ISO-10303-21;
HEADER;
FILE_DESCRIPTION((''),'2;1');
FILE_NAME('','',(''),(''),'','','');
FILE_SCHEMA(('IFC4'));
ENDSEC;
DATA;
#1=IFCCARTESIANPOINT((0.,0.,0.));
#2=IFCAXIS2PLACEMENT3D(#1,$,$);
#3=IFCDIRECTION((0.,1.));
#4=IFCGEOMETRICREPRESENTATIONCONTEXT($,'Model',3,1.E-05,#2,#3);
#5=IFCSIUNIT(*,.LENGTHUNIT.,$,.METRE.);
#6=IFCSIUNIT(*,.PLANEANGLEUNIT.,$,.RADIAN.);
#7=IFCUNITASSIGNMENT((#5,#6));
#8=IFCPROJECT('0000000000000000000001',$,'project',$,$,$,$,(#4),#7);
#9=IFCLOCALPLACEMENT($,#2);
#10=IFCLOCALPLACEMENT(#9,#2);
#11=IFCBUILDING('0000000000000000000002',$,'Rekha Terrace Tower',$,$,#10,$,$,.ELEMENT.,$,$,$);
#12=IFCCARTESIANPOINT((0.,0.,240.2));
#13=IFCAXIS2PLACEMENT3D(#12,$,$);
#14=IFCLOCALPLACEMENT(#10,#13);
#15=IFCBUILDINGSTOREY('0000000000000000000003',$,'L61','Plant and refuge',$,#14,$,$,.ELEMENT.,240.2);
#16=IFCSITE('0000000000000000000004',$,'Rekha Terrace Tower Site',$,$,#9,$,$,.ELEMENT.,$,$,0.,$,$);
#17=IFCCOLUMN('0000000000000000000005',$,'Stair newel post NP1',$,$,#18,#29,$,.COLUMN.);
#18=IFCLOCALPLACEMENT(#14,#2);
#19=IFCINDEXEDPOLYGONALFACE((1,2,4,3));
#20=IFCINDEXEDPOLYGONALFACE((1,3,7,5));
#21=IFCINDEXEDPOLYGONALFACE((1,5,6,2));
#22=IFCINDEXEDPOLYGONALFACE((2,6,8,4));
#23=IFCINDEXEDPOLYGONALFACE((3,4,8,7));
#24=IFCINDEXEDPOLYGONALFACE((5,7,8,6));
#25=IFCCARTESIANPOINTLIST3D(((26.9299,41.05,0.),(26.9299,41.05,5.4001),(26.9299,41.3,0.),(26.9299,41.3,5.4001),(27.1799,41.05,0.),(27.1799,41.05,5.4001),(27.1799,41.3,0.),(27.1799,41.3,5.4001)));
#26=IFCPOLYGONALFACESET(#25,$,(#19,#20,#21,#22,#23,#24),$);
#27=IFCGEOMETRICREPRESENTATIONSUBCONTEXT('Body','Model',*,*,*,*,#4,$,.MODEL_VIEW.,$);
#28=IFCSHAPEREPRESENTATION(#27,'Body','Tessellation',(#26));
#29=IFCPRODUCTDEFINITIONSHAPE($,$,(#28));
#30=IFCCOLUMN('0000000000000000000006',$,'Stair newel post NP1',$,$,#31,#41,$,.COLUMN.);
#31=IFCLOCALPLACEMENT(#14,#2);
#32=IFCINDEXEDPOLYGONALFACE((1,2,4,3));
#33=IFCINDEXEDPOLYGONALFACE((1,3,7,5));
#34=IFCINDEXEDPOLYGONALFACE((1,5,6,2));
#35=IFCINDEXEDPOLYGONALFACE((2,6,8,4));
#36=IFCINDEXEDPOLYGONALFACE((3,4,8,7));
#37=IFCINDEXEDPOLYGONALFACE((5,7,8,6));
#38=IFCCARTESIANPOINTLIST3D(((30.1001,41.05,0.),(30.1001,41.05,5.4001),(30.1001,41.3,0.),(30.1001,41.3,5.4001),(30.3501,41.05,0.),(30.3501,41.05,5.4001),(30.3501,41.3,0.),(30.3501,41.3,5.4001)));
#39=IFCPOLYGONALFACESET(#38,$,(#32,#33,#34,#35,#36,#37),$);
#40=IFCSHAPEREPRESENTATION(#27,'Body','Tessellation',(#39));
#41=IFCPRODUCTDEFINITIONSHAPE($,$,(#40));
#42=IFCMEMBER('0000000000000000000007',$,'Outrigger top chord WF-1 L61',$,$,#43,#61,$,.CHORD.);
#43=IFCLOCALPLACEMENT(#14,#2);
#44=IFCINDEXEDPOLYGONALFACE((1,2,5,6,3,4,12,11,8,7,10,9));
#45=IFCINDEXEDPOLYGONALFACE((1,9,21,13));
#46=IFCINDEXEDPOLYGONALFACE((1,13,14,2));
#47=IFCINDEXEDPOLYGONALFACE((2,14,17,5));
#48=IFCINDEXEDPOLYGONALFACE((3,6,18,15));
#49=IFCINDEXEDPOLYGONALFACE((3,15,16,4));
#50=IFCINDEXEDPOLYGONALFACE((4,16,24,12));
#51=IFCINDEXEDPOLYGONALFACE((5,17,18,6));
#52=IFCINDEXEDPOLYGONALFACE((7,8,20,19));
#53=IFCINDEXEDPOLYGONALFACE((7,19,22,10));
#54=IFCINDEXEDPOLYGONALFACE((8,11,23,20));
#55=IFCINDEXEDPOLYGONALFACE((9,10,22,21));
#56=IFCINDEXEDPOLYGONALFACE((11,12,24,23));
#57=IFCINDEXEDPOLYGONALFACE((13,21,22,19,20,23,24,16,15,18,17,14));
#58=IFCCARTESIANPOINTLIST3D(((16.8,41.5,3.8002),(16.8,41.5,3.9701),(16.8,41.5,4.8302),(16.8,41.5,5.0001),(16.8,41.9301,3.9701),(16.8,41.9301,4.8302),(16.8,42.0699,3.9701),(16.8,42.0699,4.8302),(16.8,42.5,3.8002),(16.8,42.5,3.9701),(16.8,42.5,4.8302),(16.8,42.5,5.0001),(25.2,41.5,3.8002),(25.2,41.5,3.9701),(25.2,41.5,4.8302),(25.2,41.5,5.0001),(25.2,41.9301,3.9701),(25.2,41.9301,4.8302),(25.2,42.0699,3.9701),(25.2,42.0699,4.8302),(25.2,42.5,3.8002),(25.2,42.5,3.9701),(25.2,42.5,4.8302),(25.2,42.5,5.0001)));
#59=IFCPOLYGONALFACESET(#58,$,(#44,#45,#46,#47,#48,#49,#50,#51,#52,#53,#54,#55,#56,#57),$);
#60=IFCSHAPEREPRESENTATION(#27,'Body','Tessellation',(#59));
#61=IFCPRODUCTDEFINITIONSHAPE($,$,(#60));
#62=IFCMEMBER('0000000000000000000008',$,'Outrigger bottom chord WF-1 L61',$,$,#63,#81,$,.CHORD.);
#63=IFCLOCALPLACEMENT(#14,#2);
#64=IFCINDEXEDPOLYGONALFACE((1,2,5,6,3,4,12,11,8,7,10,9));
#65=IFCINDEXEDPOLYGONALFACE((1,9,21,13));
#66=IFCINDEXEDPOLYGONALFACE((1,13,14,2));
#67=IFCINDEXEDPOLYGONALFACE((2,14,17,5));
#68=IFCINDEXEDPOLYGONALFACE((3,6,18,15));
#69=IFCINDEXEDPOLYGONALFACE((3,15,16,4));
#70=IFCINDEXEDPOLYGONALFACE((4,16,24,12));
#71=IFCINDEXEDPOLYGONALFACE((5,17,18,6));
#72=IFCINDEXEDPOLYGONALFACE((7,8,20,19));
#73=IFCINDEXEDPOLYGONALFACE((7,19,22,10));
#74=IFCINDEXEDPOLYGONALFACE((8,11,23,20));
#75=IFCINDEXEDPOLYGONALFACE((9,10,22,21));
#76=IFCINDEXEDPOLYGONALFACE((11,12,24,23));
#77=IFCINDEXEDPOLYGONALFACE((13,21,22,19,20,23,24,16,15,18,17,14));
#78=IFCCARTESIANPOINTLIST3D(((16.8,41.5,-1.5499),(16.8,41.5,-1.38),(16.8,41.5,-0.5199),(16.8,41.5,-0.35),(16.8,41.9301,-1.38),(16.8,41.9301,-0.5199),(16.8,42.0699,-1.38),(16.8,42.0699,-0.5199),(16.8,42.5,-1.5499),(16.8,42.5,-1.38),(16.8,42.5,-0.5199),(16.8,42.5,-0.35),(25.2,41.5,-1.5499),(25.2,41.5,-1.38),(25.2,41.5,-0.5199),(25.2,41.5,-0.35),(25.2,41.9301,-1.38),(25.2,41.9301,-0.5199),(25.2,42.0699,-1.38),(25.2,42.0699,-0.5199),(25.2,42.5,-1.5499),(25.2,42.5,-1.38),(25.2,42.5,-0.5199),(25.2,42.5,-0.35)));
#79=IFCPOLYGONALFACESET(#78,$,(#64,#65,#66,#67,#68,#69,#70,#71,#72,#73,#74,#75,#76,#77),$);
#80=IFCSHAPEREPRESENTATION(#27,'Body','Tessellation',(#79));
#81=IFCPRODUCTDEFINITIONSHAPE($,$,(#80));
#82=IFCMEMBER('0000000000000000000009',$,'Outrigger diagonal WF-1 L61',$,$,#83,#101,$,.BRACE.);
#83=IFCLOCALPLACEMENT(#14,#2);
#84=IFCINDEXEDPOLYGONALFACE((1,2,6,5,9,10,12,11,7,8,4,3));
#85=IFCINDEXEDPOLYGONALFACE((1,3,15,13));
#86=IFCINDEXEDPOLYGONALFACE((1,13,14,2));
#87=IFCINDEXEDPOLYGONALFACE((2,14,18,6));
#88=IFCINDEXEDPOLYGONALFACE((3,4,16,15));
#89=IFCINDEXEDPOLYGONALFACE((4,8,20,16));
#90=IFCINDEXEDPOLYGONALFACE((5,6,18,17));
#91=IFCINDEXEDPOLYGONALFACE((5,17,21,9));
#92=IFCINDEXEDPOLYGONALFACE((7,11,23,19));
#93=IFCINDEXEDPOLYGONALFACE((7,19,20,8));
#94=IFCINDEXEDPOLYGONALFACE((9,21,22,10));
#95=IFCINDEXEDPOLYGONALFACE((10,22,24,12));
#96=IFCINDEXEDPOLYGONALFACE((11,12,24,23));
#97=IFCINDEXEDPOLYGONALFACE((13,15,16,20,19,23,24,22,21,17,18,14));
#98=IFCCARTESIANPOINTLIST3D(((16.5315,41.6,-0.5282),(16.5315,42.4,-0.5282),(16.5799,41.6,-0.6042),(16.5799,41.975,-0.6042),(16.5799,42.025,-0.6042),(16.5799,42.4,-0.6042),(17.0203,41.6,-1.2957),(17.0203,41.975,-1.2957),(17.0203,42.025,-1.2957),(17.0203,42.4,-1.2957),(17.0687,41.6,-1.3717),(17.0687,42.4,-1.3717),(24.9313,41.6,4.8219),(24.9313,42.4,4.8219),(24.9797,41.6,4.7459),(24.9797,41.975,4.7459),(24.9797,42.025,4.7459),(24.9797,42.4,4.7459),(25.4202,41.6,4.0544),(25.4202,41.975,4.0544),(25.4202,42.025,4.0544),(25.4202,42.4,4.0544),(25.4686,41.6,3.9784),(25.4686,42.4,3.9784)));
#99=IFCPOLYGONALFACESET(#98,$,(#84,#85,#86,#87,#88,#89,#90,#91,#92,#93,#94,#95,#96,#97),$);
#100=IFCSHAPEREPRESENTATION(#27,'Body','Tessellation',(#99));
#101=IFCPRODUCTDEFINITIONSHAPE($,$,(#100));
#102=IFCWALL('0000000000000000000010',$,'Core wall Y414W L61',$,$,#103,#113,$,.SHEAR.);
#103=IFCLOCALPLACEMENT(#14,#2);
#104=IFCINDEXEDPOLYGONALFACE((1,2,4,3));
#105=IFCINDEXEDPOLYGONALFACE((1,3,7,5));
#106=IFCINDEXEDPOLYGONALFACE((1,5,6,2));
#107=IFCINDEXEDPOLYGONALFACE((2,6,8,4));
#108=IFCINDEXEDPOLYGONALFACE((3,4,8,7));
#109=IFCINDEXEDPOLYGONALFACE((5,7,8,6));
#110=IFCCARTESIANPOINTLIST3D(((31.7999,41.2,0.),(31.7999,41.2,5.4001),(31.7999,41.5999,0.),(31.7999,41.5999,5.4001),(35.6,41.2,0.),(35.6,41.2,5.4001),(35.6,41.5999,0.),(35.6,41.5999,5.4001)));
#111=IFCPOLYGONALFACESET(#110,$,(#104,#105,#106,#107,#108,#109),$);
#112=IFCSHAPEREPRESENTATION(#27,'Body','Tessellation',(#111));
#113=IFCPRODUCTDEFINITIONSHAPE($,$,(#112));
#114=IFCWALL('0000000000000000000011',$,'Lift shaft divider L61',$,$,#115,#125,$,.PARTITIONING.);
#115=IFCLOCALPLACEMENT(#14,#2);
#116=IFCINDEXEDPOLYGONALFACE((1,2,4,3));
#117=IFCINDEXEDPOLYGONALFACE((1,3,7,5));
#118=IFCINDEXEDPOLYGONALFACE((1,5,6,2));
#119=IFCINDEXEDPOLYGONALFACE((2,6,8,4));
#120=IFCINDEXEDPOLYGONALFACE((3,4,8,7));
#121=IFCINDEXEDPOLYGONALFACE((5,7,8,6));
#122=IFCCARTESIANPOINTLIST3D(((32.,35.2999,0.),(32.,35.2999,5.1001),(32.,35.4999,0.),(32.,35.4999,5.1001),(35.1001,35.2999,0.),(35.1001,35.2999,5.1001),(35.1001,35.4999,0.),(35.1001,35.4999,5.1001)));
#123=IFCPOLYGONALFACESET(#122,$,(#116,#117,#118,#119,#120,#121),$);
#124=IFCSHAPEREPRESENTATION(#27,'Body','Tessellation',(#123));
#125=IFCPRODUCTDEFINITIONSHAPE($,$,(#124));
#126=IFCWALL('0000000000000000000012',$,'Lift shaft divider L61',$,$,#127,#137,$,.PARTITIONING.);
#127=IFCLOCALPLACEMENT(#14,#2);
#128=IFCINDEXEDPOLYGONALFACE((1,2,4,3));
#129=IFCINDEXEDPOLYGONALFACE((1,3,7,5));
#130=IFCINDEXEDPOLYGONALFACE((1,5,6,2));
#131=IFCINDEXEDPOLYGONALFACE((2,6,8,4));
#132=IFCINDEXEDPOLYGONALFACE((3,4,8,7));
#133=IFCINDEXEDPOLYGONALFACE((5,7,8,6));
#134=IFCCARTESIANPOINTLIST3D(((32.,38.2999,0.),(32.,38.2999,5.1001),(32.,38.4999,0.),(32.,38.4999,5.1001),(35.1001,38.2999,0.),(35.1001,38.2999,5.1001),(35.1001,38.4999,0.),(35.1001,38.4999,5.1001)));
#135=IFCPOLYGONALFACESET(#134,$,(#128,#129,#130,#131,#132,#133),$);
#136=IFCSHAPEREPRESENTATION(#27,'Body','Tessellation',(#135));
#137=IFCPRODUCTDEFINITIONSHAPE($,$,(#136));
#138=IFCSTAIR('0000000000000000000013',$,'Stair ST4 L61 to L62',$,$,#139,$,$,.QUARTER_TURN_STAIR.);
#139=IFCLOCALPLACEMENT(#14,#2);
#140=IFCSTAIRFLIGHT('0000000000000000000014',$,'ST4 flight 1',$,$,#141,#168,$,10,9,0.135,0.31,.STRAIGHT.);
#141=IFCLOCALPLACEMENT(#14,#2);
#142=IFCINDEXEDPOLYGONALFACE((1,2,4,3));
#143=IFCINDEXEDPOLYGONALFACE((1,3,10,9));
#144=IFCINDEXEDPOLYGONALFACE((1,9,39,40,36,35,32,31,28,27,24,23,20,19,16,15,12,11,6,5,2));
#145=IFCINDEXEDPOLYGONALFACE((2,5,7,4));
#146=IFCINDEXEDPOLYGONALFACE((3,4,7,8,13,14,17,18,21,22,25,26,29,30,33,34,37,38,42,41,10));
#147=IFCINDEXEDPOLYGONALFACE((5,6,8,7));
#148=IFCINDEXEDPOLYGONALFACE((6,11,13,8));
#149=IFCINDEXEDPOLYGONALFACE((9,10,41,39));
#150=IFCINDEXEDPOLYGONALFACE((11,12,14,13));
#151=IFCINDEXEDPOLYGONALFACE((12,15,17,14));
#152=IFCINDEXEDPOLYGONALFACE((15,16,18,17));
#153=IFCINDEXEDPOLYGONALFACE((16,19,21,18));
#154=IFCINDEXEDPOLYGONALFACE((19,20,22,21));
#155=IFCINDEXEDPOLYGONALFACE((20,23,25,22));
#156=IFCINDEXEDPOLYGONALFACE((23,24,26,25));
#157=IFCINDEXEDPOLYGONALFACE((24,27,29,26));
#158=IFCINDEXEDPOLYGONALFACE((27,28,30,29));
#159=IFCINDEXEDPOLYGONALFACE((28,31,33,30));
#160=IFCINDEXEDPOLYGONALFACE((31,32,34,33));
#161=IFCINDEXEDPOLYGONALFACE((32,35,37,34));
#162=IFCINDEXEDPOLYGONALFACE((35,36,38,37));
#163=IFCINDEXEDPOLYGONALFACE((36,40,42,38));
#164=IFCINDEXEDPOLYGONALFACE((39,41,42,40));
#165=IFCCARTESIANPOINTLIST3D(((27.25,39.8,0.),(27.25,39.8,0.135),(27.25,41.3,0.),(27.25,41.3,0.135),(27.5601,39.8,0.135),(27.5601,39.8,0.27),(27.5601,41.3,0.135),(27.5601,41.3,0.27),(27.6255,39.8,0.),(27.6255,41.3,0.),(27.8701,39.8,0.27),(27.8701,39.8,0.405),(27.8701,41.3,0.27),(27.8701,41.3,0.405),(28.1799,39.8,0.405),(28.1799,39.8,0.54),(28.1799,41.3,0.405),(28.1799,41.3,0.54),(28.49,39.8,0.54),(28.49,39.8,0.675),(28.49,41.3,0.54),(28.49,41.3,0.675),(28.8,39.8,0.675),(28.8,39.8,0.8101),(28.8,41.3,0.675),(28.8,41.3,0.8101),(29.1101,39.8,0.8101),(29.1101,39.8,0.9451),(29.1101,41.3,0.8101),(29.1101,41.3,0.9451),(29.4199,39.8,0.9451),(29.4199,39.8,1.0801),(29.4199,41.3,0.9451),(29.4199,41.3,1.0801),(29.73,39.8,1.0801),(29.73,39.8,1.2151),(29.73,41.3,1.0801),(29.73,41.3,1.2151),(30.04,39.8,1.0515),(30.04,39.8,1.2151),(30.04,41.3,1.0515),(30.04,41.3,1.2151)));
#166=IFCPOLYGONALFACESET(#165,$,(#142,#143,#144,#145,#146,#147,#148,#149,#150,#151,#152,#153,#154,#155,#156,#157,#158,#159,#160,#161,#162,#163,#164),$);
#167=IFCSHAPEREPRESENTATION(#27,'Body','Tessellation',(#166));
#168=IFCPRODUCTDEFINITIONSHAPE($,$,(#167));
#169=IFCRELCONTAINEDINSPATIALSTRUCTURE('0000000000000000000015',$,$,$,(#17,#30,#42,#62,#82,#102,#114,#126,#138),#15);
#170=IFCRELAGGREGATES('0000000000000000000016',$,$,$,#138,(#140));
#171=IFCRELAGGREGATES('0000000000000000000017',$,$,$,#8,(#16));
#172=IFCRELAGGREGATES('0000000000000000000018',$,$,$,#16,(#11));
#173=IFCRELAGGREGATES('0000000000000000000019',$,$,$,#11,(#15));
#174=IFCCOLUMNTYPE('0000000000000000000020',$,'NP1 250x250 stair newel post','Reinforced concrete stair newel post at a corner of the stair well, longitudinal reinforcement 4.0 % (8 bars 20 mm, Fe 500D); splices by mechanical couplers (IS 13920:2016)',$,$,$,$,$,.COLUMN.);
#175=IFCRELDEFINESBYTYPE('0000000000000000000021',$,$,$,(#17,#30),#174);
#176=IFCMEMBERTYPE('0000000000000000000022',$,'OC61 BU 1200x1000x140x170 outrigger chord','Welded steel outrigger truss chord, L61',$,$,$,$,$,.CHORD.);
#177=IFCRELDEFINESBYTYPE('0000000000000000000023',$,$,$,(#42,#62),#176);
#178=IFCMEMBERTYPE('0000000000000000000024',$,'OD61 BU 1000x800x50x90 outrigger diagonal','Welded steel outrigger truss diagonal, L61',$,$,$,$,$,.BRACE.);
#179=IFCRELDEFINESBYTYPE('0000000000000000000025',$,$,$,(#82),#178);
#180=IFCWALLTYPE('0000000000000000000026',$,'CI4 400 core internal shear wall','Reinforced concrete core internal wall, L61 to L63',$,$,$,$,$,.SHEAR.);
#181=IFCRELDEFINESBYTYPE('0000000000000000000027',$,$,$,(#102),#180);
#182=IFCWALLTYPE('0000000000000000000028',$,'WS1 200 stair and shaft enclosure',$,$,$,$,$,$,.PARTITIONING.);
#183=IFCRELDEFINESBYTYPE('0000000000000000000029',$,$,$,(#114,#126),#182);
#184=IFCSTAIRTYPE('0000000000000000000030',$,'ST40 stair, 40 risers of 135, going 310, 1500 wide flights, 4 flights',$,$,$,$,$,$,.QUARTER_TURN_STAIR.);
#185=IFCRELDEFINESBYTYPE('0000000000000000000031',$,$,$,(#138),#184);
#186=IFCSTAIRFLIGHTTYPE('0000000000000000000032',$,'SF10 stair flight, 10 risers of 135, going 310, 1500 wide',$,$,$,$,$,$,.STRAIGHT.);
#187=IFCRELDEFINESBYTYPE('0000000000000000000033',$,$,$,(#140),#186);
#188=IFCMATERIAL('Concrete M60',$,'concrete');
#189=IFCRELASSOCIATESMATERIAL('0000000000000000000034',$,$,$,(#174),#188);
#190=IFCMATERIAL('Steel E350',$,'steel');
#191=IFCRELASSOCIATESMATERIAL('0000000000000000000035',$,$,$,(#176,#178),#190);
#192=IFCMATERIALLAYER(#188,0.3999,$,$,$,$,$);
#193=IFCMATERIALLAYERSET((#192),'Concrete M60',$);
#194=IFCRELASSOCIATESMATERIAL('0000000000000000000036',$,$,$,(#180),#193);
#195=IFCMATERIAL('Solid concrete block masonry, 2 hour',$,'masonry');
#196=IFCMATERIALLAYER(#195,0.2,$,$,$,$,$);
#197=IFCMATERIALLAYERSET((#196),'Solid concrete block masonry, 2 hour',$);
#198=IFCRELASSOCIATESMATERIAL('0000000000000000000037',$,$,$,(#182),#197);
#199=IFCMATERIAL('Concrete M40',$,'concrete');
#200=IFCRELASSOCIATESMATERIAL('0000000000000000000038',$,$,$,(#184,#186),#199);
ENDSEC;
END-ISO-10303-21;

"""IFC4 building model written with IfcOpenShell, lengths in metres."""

from ifc_helpers import new_model, si_unit, direction, frame, frame_2d, origin, origin_2d, place, context, subcontext, project, spatial, polyline, rectangle, i_section, outline, extrude, material, layer, layer_set, material_profile, profile_set, type_object, element, aggregate, save


model = new_model("IFC4")

# Units and contexts
model_context = context("Model", 3, precision=1e-05, world=origin(), true_north=direction((0.0, 1.0)))
body_context = subcontext(model_context, "Body", "Model", "MODEL_VIEW")
ifc_project = project(units=[si_unit("LENGTHUNIT", "METRE"), si_unit("PLANEANGLEUNIT", "RADIAN")], contexts=[model_context])

# Site, building, storey
site_placement = place(None, origin())
site = spatial("IfcSite", under=ifc_project, at=site_placement, Name="Rekha Terrace Tower Site", CompositionType="ELEMENT", RefElevation=0.0)
building_placement = place(site_placement, origin())
building = spatial("IfcBuilding", under=site, at=building_placement, Name="Rekha Terrace Tower", CompositionType="ELEMENT")
storey_placement = place(building_placement, frame((0.0, 0.0, 240.2)))
storey = spatial("IfcBuildingStorey", under=building, at=storey_placement, Name="L61", Description="Plant and refuge", CompositionType="ELEMENT", Elevation=240.2)

# Columns
ifc_material_1 = material(Name="Concrete M60", Category="concrete")
ifc_material_profile_1 = material_profile(ifc_material_1, rectangle(XDim=0.25, YDim=0.25, at=origin_2d()), Name="RC 250x250")
ifc_profile_set_1 = profile_set([ifc_material_profile_1], Name="Concrete M60")
column_type = type_object("IfcColumnType", Name="NP1 250x250 stair newel post", Description="Reinforced concrete stair newel post at a corner of the stair well, longitudinal reinforcement 4.0 % (8 bars 20 mm, Fe 500D); splices by mechanical couplers (IS 13920:2016)", PredefinedType="COLUMN", material=ifc_profile_set_1)
for number, where, z_axis, x_axis, name in (
    (1, (27.0549, 41.175, 0.0), (0.0, 0.0, 1.0), (1.0, 0.0, 0.0), "Stair newel post NP1"),
    (2, (30.2251, 41.175, 0.0), (0.0, 0.0, 1.0), (1.0, 0.0, 0.0), "Stair newel post NP1"),
):
    element("IfcColumn", number, at=place(storey_placement, frame(where, z_axis=z_axis, x_axis=x_axis)), inside=storey, type_object=column_type, Name=name, PredefinedType="COLUMN", context=body_context, shape_type="SweptSolid", body=[
        extrude(rectangle(XDim=0.25, YDim=0.25, at=origin_2d()), origin(), (0.0, 0.0, 1.0), 5.4001),
    ])

# Members
ifc_material_2 = material(Name="Steel E350", Category="steel")
ifc_material_profile_2 = material_profile(ifc_material_2, i_section(OverallWidth=1.0, OverallDepth=1.2, WebThickness=0.1399, FlangeThickness=0.1699, at=origin_2d()), Name="BU 1200x1000x140x170")
ifc_profile_set_2 = profile_set([ifc_material_profile_2], Name="Steel E350")
member_type_1 = type_object("IfcMemberType", Name="OC61 BU 1200x1000x140x170 outrigger chord", Description="Welded steel outrigger truss chord, L61", PredefinedType="CHORD", material=ifc_profile_set_2)
for number, where, z_axis, x_axis, name in (
    (3, (25.2, 42.0, 4.4001), (-1.0, 0.0, 0.0), (0.0, -1.0, 0.0), "Outrigger top chord WF-1 L61"),
    (4, (25.2, 42.0, -0.95), (-1.0, 0.0, 0.0), (0.0, -1.0, 0.0), "Outrigger bottom chord WF-1 L61"),
):
    element("IfcMember", number, at=place(storey_placement, frame(where, z_axis=z_axis, x_axis=x_axis)), inside=storey, type_object=member_type_1, Name=name, PredefinedType="CHORD", context=body_context, shape_type="SweptSolid", body=[
        extrude(i_section(OverallWidth=1.0, OverallDepth=1.2, WebThickness=0.1399, FlangeThickness=0.1699, at=origin_2d()), origin(), (0.0, 0.0, 1.0), 8.3999),
    ])
ifc_material_profile_3 = material_profile(ifc_material_2, i_section(OverallWidth=0.8, OverallDepth=1.0, WebThickness=0.05, FlangeThickness=0.0901, at=origin_2d()), Name="BU 1000x800x50x90")
ifc_profile_set_3 = profile_set([ifc_material_profile_3], Name="Steel E350")
member_type_2 = type_object("IfcMemberType", Name="OD61 BU 1000x800x50x90 outrigger diagonal", Description="Welded steel outrigger truss diagonal, L61", PredefinedType="BRACE", material=ifc_profile_set_3)
member_placement = place(storey_placement, frame((25.2, 42.0, 4.4001), z_axis=(-0.843447, 0.0, -0.537212), x_axis=(0.0, -1.0, 0.0)))
element("IfcMember", 5, at=member_placement, inside=storey, type_object=member_type_2, Name="Outrigger diagonal WF-1 L61", PredefinedType="BRACE", context=body_context, shape_type="SweptSolid", body=[
    extrude(i_section(OverallWidth=0.8, OverallDepth=1.0, WebThickness=0.05, FlangeThickness=0.0901, at=origin_2d()), origin(), (0.0, 0.0, 1.0), 9.959),
])

# Walls
ifc_layer_1 = layer(ifc_material_1, 0.3999)
ifc_layer_set_1 = layer_set([ifc_layer_1], Name="Concrete M60")
wall_type_1 = type_object("IfcWallType", Name="CI4 400 core internal shear wall", Description="Reinforced concrete core internal wall, L61 to L63", PredefinedType="SHEAR", material=ifc_layer_set_1)
wall_placement = place(storey_placement, frame((31.8, 41.3999, 0.0), z_axis=(0.0, 0.0, 1.0), x_axis=(1.0, 0.0, 0.0)))
element("IfcWall", 6, at=wall_placement, inside=storey, type_object=wall_type_1, Name="Core wall Y414W L61", PredefinedType="SHEAR", context=body_context, shape_type="SweptSolid", body=[
    extrude(rectangle(XDim=3.8, YDim=0.3999, at=frame_2d((1.8999, 0.0))), origin(), (0.0, 0.0, 1.0), 5.4001),
])
ifc_material_3 = material(Name="Solid concrete block masonry, 2 hour", Category="masonry")
ifc_layer_2 = layer(ifc_material_3, 0.2)
ifc_layer_set_2 = layer_set([ifc_layer_2], Name="Solid concrete block masonry, 2 hour")
wall_type_2 = type_object("IfcWallType", Name="WS1 200 stair and shaft enclosure", PredefinedType="PARTITIONING", material=ifc_layer_set_2)
for number, where, z_axis, x_axis, name in (
    (7, (32.0, 35.3999, 0.0), (0.0, 0.0, 1.0), (1.0, 0.0, 0.0), "Lift shaft divider L61"),
    (8, (32.0, 38.3999, 0.0), (0.0, 0.0, 1.0), (1.0, 0.0, 0.0), "Lift shaft divider L61"),
):
    element("IfcWall", number, at=place(storey_placement, frame(where, z_axis=z_axis, x_axis=x_axis)), inside=storey, type_object=wall_type_2, Name=name, PredefinedType="PARTITIONING", context=body_context, shape_type="SweptSolid", body=[
        extrude(rectangle(XDim=3.1001, YDim=0.2, at=frame_2d((1.55, 0.0))), origin(), (0.0, 0.0, 1.0), 5.1001),
    ])

# Stair, stair flight
ifc_material_4 = material(Name="Concrete M40", Category="concrete")
stair_type = type_object("IfcStairType", Name="ST40 stair, 40 risers of 135, going 310, 1500 wide flights, 4 flights", PredefinedType="QUARTER_TURN_STAIR", material=ifc_material_4)
stair_placement = place(storey_placement, origin())
stair = element("IfcStair", 9, at=stair_placement, inside=storey, type_object=stair_type, Name="Stair ST4 L61 to L62", PredefinedType="QUARTER_TURN_STAIR")
stair_flight_type = type_object("IfcStairFlightType", Name="SF10 stair flight, 10 risers of 135, going 310, 1500 wide", PredefinedType="STRAIGHT", material=ifc_material_4)
stair_flight_1_placement = place(storey_placement, frame((27.25, 40.55, 0.0), z_axis=(0.0, 0.0, 1.0), x_axis=(1.0, 0.0, 0.0)))
stair_flight_1 = element("IfcStairFlight", 10, at=stair_flight_1_placement, type_object=stair_flight_type, Name="ST4 flight 1", NumberOfRisers=10, NumberOfTreads=9, PredefinedType="STRAIGHT", RiserHeight=0.135, TreadLength=0.31, context=body_context, shape_type="SweptSolid", body=[
    extrude(outline(polyline([(0.0, 0.0), (0.0, 0.135), (0.3101, 0.135), (0.3101, 0.27), (0.6201, 0.27), (0.6201, 0.405), (0.9299, 0.405), (0.9299, 0.54), (1.24, 0.54), (1.24, 0.675), (1.55, 0.675), (1.55, 0.8101), (1.8601, 0.8101), (1.8601, 0.9451), (2.1699, 0.9451), (2.1699, 1.0801), (2.48, 1.0801), (2.48, 1.2151), (2.79, 1.2151), (2.79, 1.3501), (2.79, 1.0515), (0.3755, 0.0), (0.0, 0.0)])), frame((0.0, 0.75, 0.0), z_axis=(0.0, -1.0, 0.0), x_axis=(1.0, 0.0, 0.0)), (0.0, 0.0, 1.0), 1.5),
])
aggregate(stair, [stair_flight_1])

save(model, "model.ifc")
